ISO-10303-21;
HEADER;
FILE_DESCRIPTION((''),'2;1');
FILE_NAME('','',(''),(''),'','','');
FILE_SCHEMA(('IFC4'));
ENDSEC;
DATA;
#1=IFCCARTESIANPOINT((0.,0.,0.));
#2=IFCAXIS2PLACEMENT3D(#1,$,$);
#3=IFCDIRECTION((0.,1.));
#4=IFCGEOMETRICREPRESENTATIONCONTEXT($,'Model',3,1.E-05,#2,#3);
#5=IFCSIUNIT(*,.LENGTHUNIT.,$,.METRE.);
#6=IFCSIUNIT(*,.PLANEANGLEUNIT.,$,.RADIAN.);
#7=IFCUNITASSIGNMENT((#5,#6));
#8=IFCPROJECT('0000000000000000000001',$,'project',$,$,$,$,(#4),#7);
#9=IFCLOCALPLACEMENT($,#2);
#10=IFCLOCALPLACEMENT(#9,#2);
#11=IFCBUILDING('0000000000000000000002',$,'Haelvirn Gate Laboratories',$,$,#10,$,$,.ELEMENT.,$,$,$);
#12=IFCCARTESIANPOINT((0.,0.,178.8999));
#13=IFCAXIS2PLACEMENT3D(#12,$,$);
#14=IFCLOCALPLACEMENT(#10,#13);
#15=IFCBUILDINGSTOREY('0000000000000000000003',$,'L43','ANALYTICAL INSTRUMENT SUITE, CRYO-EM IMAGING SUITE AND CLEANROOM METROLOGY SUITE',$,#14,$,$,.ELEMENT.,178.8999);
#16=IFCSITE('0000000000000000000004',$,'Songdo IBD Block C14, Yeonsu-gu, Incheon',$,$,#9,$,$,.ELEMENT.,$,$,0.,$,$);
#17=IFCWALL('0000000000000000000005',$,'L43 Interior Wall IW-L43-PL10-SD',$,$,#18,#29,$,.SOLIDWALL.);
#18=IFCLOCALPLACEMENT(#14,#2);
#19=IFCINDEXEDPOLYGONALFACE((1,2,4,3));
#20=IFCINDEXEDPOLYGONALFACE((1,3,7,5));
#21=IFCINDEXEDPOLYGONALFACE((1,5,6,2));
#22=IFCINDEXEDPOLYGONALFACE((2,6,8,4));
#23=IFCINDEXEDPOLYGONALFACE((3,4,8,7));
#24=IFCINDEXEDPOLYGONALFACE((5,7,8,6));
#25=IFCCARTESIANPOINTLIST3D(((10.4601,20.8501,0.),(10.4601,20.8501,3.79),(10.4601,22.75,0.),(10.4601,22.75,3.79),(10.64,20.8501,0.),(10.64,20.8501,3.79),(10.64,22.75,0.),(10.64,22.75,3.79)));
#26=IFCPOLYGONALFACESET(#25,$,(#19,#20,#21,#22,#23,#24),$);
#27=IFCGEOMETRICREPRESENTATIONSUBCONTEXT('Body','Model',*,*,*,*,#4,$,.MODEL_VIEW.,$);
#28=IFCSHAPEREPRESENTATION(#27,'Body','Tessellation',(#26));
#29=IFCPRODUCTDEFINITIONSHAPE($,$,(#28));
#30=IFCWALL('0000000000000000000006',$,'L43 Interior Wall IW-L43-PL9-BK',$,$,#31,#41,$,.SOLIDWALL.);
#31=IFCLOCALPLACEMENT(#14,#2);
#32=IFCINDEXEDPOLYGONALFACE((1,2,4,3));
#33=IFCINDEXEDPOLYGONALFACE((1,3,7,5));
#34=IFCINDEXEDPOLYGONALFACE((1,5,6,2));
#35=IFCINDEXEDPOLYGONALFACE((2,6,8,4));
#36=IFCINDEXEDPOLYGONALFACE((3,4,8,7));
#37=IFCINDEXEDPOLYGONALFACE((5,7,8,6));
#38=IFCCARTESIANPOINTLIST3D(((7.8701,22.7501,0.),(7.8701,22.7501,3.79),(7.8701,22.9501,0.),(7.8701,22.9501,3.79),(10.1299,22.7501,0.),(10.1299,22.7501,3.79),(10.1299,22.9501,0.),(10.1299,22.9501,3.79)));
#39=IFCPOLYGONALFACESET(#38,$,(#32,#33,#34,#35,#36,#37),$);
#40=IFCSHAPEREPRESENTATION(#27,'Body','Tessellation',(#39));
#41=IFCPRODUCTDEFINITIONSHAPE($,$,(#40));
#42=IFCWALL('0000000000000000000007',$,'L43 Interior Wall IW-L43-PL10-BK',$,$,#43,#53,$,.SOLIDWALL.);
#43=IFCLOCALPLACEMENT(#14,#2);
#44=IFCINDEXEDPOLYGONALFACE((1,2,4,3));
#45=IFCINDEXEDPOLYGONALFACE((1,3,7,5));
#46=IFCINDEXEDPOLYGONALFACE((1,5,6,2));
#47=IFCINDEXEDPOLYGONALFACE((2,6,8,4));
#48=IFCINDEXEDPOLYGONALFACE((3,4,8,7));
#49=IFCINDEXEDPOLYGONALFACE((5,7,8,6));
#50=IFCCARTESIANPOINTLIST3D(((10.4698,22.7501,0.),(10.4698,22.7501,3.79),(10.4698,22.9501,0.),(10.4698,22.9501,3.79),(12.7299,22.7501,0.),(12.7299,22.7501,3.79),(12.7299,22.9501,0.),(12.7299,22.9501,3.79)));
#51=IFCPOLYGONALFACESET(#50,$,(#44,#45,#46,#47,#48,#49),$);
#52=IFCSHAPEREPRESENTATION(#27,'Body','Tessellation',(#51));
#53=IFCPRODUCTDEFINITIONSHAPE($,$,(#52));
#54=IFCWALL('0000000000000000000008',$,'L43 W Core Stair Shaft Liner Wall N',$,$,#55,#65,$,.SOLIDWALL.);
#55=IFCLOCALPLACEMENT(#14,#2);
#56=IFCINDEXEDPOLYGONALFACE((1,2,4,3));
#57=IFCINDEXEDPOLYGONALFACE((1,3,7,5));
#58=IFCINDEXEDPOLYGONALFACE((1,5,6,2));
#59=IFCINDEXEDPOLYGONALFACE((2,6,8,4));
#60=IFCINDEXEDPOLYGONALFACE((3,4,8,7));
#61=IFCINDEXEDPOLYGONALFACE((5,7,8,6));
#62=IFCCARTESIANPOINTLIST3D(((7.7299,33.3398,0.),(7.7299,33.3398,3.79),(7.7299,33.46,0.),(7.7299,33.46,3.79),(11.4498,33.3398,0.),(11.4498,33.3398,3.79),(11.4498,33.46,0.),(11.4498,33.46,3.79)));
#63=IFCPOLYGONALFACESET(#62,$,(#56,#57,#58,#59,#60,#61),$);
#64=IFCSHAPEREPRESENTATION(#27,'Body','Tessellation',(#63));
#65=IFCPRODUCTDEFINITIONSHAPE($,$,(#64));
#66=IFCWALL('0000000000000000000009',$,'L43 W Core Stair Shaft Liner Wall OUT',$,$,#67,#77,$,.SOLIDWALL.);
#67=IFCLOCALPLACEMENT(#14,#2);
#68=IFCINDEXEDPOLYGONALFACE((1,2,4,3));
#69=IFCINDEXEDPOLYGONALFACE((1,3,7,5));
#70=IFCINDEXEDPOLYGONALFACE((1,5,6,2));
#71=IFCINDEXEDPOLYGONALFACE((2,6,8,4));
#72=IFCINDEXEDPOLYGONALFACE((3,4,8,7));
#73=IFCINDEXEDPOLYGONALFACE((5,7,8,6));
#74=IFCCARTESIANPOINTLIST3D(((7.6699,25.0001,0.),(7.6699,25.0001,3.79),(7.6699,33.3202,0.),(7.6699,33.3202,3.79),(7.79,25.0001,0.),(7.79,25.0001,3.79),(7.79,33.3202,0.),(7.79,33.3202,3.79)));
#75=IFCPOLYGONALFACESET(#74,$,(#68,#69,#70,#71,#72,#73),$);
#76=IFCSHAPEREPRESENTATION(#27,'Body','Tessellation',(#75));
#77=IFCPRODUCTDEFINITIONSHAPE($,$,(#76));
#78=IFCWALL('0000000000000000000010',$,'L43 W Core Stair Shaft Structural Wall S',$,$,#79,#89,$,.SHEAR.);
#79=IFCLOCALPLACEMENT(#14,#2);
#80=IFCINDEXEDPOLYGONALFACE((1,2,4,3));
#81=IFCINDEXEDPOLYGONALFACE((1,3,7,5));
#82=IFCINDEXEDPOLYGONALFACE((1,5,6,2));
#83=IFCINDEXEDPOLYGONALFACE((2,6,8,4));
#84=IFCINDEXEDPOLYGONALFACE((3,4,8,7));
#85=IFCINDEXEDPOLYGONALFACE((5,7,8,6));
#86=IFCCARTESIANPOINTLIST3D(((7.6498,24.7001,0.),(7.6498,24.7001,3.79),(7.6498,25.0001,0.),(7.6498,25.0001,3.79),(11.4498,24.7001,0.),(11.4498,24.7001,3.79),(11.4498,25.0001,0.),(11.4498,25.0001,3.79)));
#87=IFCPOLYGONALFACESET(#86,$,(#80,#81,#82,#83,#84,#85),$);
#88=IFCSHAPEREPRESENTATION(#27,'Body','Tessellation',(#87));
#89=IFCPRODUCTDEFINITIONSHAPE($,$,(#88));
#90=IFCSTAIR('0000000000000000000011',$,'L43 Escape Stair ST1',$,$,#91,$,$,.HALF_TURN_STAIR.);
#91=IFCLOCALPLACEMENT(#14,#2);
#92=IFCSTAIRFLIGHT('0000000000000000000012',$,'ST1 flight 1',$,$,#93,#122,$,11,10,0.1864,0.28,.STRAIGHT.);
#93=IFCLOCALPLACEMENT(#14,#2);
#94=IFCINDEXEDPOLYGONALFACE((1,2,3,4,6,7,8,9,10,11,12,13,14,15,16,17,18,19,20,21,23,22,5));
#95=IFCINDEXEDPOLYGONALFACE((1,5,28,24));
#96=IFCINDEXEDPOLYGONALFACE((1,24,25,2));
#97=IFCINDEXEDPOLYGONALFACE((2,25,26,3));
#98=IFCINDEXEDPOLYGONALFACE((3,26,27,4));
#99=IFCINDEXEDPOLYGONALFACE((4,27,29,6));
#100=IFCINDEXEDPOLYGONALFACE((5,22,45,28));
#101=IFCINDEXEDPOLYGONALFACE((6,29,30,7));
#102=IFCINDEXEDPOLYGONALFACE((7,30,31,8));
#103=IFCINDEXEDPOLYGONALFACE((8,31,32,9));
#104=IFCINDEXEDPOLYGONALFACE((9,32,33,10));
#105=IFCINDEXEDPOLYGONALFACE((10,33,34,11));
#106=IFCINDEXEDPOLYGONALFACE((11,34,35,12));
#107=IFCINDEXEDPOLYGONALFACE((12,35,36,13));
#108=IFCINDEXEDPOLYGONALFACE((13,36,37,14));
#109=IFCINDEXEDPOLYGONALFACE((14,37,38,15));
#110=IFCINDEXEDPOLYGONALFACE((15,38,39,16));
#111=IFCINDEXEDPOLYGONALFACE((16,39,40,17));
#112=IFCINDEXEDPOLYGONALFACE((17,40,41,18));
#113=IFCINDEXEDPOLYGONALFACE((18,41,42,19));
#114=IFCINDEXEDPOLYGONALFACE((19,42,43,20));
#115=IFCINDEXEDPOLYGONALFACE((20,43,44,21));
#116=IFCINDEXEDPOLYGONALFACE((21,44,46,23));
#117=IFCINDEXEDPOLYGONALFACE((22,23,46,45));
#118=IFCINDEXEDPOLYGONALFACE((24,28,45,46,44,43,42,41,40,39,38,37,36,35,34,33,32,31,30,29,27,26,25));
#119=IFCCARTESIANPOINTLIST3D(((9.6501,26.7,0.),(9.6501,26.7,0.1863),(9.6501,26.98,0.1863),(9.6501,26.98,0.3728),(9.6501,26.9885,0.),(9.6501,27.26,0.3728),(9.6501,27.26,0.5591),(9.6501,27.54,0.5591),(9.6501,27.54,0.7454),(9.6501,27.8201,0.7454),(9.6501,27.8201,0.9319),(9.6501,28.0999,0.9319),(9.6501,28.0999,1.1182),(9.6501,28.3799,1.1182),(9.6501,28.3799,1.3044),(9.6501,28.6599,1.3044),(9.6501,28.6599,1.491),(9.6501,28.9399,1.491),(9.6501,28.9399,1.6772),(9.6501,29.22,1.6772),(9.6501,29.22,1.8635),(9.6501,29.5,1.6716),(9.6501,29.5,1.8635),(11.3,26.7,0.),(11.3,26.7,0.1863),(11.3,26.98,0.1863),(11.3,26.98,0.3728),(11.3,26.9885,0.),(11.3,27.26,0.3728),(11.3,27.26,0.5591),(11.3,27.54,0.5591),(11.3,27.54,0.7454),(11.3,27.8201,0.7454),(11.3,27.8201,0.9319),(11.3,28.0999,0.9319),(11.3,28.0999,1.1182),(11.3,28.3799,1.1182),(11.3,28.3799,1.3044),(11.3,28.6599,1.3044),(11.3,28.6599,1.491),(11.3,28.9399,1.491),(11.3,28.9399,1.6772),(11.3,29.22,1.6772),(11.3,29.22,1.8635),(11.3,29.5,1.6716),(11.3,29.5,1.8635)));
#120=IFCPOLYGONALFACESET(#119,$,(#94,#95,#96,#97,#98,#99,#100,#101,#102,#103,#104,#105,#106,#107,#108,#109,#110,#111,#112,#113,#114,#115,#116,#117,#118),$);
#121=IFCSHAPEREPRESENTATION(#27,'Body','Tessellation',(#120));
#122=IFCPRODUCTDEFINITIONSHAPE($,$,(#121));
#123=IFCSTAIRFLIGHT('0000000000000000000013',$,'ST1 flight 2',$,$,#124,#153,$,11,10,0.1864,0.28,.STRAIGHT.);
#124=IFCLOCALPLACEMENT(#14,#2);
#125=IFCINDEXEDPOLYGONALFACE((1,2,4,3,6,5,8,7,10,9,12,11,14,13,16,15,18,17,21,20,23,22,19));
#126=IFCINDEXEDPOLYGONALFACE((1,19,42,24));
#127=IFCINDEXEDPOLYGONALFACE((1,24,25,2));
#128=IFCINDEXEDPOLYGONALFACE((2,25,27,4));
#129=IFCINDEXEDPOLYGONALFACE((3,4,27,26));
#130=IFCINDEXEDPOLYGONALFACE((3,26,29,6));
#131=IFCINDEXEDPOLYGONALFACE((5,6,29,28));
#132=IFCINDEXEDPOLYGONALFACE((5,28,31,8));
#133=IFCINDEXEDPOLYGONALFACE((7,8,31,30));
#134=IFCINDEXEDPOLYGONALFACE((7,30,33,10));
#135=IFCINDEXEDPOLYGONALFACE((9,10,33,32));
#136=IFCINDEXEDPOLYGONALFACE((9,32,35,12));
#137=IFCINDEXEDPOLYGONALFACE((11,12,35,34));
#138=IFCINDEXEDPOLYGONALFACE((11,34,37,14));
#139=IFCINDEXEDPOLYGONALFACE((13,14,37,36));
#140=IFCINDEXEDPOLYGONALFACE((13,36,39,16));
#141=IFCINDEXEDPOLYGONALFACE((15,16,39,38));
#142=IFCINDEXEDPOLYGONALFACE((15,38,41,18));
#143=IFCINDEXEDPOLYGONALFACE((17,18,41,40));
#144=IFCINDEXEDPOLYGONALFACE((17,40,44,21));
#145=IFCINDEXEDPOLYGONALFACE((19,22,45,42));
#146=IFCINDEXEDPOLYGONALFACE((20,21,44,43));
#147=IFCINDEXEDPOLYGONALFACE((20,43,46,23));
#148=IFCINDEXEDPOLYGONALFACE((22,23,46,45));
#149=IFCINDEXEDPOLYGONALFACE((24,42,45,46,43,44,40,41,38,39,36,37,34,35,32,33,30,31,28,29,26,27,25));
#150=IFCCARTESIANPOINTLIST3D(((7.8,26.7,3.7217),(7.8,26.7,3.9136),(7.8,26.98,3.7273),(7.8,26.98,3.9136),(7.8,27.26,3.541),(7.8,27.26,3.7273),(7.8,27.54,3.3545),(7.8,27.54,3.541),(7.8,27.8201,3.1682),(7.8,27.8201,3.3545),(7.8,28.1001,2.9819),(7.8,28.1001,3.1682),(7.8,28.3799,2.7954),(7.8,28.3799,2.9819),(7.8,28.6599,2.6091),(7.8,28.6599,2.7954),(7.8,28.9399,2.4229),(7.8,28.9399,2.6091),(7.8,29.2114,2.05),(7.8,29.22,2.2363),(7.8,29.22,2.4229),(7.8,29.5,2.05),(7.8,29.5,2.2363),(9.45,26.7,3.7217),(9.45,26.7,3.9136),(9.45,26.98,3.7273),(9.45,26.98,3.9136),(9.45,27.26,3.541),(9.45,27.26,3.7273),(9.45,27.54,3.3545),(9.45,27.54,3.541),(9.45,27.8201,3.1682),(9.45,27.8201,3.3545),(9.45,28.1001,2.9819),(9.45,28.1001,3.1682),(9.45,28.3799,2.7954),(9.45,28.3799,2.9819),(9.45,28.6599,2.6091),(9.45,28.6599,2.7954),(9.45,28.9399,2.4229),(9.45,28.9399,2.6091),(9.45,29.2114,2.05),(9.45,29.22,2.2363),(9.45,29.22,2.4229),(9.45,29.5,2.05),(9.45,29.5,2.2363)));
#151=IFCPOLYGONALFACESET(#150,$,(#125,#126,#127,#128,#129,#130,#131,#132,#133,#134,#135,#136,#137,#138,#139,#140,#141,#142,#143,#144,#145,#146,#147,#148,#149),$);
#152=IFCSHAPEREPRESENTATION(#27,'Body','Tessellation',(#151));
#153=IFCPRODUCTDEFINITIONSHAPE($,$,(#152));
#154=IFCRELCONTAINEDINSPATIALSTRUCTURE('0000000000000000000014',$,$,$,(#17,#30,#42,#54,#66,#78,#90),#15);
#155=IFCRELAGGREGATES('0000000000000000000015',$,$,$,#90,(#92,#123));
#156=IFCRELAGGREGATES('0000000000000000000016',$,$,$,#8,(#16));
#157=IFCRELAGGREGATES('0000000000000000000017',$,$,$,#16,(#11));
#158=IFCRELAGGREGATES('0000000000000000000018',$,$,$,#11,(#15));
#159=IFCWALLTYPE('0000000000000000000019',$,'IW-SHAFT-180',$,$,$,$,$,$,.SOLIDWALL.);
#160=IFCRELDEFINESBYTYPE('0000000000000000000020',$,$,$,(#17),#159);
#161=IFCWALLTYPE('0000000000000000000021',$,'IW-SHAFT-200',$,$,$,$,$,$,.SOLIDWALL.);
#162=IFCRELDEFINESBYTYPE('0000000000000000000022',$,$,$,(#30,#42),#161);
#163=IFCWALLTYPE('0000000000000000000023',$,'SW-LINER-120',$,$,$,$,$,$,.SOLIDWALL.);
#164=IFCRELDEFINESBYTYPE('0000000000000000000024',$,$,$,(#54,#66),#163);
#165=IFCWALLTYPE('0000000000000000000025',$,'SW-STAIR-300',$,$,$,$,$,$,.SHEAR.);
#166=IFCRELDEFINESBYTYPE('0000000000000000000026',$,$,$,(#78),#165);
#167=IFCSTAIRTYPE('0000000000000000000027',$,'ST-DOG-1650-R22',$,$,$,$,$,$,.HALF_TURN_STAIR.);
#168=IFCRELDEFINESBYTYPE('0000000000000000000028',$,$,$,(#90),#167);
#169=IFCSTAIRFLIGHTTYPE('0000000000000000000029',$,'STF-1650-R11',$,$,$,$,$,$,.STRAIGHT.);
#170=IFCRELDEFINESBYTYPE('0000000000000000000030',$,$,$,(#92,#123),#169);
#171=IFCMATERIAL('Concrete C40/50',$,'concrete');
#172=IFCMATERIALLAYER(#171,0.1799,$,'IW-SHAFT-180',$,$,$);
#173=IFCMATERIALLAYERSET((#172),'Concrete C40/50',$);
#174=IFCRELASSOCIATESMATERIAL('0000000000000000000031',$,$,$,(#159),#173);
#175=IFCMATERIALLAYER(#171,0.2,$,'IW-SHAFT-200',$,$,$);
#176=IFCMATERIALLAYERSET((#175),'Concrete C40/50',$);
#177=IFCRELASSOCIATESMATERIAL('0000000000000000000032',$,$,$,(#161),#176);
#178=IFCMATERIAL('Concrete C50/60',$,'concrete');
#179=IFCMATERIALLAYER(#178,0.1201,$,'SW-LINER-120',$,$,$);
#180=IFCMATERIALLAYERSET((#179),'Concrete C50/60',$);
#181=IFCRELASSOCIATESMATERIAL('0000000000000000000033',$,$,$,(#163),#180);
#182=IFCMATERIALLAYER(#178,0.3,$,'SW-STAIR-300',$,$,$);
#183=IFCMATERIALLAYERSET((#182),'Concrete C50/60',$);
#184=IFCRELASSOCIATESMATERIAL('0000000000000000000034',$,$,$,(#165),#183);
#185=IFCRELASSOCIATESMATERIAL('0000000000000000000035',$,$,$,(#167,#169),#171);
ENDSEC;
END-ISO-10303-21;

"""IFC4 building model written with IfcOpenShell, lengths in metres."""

from ifc_helpers import new_model, si_unit, direction, frame, frame_2d, origin, place, context, subcontext, project, spatial, polyline, rectangle, outline, extrude, source, transform, mapped, material, layer, layer_set, type_object, type_shapes, element, aggregate, save


model = new_model("IFC4")

# Units and contexts
model_context = context("Model", 3, precision=1e-05, world=origin(), true_north=direction((0.0, 1.0)))
body_context = subcontext(model_context, "Body", "Model", "MODEL_VIEW")
ifc_project = project(units=[si_unit("LENGTHUNIT", "METRE"), si_unit("PLANEANGLEUNIT", "RADIAN")], contexts=[model_context])

# Site, building, storey
site_placement = place(None, origin())
site = spatial("IfcSite", under=ifc_project, at=site_placement, Name="Songdo IBD Block C14, Yeonsu-gu, Incheon", CompositionType="ELEMENT", RefElevation=0.0)
building_placement = place(site_placement, origin())
building = spatial("IfcBuilding", under=site, at=building_placement, Name="Haelvirn Gate Laboratories", CompositionType="ELEMENT")
storey_placement = place(building_placement, frame((0.0, 0.0, 178.8999)))
storey = spatial("IfcBuildingStorey", under=building, at=storey_placement, Name="L43", Description="ANALYTICAL INSTRUMENT SUITE, CRYO-EM IMAGING SUITE AND CLEANROOM METROLOGY SUITE", CompositionType="ELEMENT", Elevation=178.8999)

# Shared definitions
ifc_material_1 = material(Name="Concrete C50/60", Category="concrete")

# Walls
ifc_material_2 = material(Name="Concrete C40/50", Category="concrete")
ifc_layer_1 = layer(ifc_material_2, 0.1799, Name="IW-SHAFT-180")
ifc_layer_set_1 = layer_set([ifc_layer_1], Name="Concrete C40/50")
wall_type_1 = type_object("IfcWallType", Name="IW-SHAFT-180", PredefinedType="SOLIDWALL", material=ifc_layer_set_1)
for number, where, z_axis, x_axis, name in (
    (1, (10.55, 20.8501, 0.0), (0.0, 0.0, 1.0), (0.0, 1.0, 0.0), "L43 Interior Wall IW-L43-PL10-SD"),
):
    element("IfcWall", number, at=place(storey_placement, frame(where, z_axis=z_axis, x_axis=x_axis)), inside=storey, type_object=wall_type_1, Name=name, PredefinedType="SOLIDWALL", context=body_context, shape_type="SweptSolid", body=[
        extrude(rectangle(XDim=1.8999, YDim=0.1799, at=frame_2d((0.95, 0.0))), origin(), (0.0, 0.0, 1.0), 3.79),
    ])
ifc_layer_2 = layer(ifc_material_2, 0.2, Name="IW-SHAFT-200")
ifc_layer_set_2 = layer_set([ifc_layer_2], Name="Concrete C40/50")
wall_type_2 = type_object("IfcWallType", Name="IW-SHAFT-200", PredefinedType="SOLIDWALL", material=ifc_layer_set_2)
wall_1_placement = place(storey_placement, frame((7.8701, 22.8501, 0.0), z_axis=(0.0, 0.0, 1.0), x_axis=(1.0, 0.0, 0.0)))
element("IfcWall", 2, at=wall_1_placement, inside=storey, type_object=wall_type_2, Name="L43 Interior Wall IW-L43-PL9-BK", PredefinedType="SOLIDWALL", context=body_context, shape_type="SweptSolid", body=[
    extrude(rectangle(XDim=2.2598, YDim=0.2, at=frame_2d((1.1299, 0.0))), origin(), (0.0, 0.0, 1.0), 3.79),
])
wall_2_placement = place(storey_placement, frame((10.47, 22.8501, 0.0), z_axis=(0.0, 0.0, 1.0), x_axis=(1.0, 0.0, 0.0)))
element("IfcWall", 3, at=wall_2_placement, inside=storey, type_object=wall_type_2, Name="L43 Interior Wall IW-L43-PL10-BK", PredefinedType="SOLIDWALL", context=body_context, shape_type="SweptSolid", body=[
    extrude(rectangle(XDim=2.26, YDim=0.2, at=frame_2d((1.1299, 0.0))), origin(), (0.0, 0.0, 1.0), 3.79),
])
ifc_layer_3 = layer(ifc_material_1, 0.1201, Name="SW-LINER-120")
ifc_layer_set_3 = layer_set([ifc_layer_3], Name="Concrete C50/60")
wall_type_3 = type_object("IfcWallType", Name="SW-LINER-120", PredefinedType="SOLIDWALL", material=ifc_layer_set_3)
wall_3_placement = place(storey_placement, frame((7.73, 33.3999, 0.0), z_axis=(0.0, 0.0, 1.0), x_axis=(1.0, 0.0, 0.0)))
element("IfcWall", 4, at=wall_3_placement, inside=storey, type_object=wall_type_3, Name="L43 W Core Stair Shaft Liner Wall N", PredefinedType="SOLIDWALL", context=body_context, shape_type="SweptSolid", body=[
    extrude(rectangle(XDim=3.72, YDim=0.1201, at=frame_2d((1.8599, 0.0))), origin(), (0.0, 0.0, 1.0), 3.79),
])
wall_4_placement = place(storey_placement, frame((7.73, 25.0, 0.0), z_axis=(0.0, 0.0, 1.0), x_axis=(0.0, 1.0, 0.0)))
element("IfcWall", 5, at=wall_4_placement, inside=storey, type_object=wall_type_3, Name="L43 W Core Stair Shaft Liner Wall OUT", PredefinedType="SOLIDWALL", context=body_context, shape_type="SweptSolid", body=[
    extrude(rectangle(XDim=8.3201, YDim=0.1201, at=frame_2d((4.1602, 0.0))), origin(), (0.0, 0.0, 1.0), 3.79),
])
ifc_layer_4 = layer(ifc_material_1, 0.3, Name="SW-STAIR-300")
ifc_layer_set_4 = layer_set([ifc_layer_4], Name="Concrete C50/60")
wall_type_4 = type_object("IfcWallType", Name="SW-STAIR-300", PredefinedType="SHEAR", material=ifc_layer_set_4)
wall_5_placement = place(storey_placement, frame((7.6499, 24.8501, 0.0), z_axis=(0.0, 0.0, 1.0), x_axis=(1.0, 0.0, 0.0)))
element("IfcWall", 6, at=wall_5_placement, inside=storey, type_object=wall_type_4, Name="L43 W Core Stair Shaft Structural Wall S", PredefinedType="SHEAR", context=body_context, shape_type="SweptSolid", body=[
    extrude(rectangle(XDim=3.8, YDim=0.3, at=frame_2d((1.8999, 0.0))), origin(), (0.0, 0.0, 1.0), 3.79),
])

# Stair, stair flights
stair_type = type_object("IfcStairType", Name="ST-DOG-1650-R22", PredefinedType="HALF_TURN_STAIR", material=ifc_material_2)
stair_placement = place(storey_placement, origin())
stair = element("IfcStair", 7, at=stair_placement, inside=storey, type_object=stair_type, Name="L43 Escape Stair ST1", PredefinedType="HALF_TURN_STAIR")
stair_flight_type = type_object("IfcStairFlightType", Name="STF-1650-R11", PredefinedType="STRAIGHT", material=ifc_material_2)
shared_shape_1 = source(origin(), body_context, "Body", "SweptSolid", [
    extrude(outline(polyline([(0.0, 0.0), (0.0, 0.1863), (0.28, 0.1863), (0.28, 0.3728), (0.5601, 0.3728), (0.5601, 0.5591), (0.8401, 0.5591), (0.8401, 0.7454), (1.1201, 0.7454), (1.1201, 0.9319), (1.3999, 0.9319), (1.3999, 1.1182), (1.6799, 1.1182), (1.6799, 1.3044), (1.96, 1.3044), (1.96, 1.491), (2.24, 1.491), (2.24, 1.6772), (2.52, 1.6772), (2.52, 1.8635), (2.8, 1.8635), (2.8, 2.05), (2.8, 1.6716), (0.2886, 0.0), (0.0, 0.0)])), frame((0.0, 0.825, 0.0), z_axis=(0.0, -1.0, 0.0), x_axis=(1.0, 0.0, 0.0)), (0.0, 0.0, 1.0), 1.6499),
])
type_shapes(stair_flight_type, [shared_shape_1])
stair_flight_1_placement = place(storey_placement, frame((10.4751, 26.7, 0.0), z_axis=(0.0, 0.0, 1.0), x_axis=(0.0, 1.0, 0.0)))
stair_flight_1 = element("IfcStairFlight", 8, at=stair_flight_1_placement, type_object=stair_flight_type, Name="ST1 flight 1", NumberOfRisers=11, NumberOfTreads=10, PredefinedType="STRAIGHT", RiserHeight=0.1864, TreadLength=0.28, context=body_context, shape_type="MappedRepresentation", body=[
    mapped(shared_shape_1, transform((0.0, 0.0, 0.0), scale=1.0)),
])
stair_flight_2_placement = place(storey_placement, frame((8.625, 29.5, 2.05), z_axis=(0.0, 0.0, 1.0), x_axis=(0.0, -1.0, 0.0)))
stair_flight_2 = element("IfcStairFlight", 9, at=stair_flight_2_placement, type_object=stair_flight_type, Name="ST1 flight 2", NumberOfRisers=11, NumberOfTreads=10, PredefinedType="STRAIGHT", RiserHeight=0.1864, TreadLength=0.28, context=body_context, shape_type="MappedRepresentation", body=[
    mapped(shared_shape_1, transform((0.0, 0.0, 0.0), scale=1.0)),
])
aggregate(stair, [stair_flight_1, stair_flight_2])

save(model, "model.ifc")
